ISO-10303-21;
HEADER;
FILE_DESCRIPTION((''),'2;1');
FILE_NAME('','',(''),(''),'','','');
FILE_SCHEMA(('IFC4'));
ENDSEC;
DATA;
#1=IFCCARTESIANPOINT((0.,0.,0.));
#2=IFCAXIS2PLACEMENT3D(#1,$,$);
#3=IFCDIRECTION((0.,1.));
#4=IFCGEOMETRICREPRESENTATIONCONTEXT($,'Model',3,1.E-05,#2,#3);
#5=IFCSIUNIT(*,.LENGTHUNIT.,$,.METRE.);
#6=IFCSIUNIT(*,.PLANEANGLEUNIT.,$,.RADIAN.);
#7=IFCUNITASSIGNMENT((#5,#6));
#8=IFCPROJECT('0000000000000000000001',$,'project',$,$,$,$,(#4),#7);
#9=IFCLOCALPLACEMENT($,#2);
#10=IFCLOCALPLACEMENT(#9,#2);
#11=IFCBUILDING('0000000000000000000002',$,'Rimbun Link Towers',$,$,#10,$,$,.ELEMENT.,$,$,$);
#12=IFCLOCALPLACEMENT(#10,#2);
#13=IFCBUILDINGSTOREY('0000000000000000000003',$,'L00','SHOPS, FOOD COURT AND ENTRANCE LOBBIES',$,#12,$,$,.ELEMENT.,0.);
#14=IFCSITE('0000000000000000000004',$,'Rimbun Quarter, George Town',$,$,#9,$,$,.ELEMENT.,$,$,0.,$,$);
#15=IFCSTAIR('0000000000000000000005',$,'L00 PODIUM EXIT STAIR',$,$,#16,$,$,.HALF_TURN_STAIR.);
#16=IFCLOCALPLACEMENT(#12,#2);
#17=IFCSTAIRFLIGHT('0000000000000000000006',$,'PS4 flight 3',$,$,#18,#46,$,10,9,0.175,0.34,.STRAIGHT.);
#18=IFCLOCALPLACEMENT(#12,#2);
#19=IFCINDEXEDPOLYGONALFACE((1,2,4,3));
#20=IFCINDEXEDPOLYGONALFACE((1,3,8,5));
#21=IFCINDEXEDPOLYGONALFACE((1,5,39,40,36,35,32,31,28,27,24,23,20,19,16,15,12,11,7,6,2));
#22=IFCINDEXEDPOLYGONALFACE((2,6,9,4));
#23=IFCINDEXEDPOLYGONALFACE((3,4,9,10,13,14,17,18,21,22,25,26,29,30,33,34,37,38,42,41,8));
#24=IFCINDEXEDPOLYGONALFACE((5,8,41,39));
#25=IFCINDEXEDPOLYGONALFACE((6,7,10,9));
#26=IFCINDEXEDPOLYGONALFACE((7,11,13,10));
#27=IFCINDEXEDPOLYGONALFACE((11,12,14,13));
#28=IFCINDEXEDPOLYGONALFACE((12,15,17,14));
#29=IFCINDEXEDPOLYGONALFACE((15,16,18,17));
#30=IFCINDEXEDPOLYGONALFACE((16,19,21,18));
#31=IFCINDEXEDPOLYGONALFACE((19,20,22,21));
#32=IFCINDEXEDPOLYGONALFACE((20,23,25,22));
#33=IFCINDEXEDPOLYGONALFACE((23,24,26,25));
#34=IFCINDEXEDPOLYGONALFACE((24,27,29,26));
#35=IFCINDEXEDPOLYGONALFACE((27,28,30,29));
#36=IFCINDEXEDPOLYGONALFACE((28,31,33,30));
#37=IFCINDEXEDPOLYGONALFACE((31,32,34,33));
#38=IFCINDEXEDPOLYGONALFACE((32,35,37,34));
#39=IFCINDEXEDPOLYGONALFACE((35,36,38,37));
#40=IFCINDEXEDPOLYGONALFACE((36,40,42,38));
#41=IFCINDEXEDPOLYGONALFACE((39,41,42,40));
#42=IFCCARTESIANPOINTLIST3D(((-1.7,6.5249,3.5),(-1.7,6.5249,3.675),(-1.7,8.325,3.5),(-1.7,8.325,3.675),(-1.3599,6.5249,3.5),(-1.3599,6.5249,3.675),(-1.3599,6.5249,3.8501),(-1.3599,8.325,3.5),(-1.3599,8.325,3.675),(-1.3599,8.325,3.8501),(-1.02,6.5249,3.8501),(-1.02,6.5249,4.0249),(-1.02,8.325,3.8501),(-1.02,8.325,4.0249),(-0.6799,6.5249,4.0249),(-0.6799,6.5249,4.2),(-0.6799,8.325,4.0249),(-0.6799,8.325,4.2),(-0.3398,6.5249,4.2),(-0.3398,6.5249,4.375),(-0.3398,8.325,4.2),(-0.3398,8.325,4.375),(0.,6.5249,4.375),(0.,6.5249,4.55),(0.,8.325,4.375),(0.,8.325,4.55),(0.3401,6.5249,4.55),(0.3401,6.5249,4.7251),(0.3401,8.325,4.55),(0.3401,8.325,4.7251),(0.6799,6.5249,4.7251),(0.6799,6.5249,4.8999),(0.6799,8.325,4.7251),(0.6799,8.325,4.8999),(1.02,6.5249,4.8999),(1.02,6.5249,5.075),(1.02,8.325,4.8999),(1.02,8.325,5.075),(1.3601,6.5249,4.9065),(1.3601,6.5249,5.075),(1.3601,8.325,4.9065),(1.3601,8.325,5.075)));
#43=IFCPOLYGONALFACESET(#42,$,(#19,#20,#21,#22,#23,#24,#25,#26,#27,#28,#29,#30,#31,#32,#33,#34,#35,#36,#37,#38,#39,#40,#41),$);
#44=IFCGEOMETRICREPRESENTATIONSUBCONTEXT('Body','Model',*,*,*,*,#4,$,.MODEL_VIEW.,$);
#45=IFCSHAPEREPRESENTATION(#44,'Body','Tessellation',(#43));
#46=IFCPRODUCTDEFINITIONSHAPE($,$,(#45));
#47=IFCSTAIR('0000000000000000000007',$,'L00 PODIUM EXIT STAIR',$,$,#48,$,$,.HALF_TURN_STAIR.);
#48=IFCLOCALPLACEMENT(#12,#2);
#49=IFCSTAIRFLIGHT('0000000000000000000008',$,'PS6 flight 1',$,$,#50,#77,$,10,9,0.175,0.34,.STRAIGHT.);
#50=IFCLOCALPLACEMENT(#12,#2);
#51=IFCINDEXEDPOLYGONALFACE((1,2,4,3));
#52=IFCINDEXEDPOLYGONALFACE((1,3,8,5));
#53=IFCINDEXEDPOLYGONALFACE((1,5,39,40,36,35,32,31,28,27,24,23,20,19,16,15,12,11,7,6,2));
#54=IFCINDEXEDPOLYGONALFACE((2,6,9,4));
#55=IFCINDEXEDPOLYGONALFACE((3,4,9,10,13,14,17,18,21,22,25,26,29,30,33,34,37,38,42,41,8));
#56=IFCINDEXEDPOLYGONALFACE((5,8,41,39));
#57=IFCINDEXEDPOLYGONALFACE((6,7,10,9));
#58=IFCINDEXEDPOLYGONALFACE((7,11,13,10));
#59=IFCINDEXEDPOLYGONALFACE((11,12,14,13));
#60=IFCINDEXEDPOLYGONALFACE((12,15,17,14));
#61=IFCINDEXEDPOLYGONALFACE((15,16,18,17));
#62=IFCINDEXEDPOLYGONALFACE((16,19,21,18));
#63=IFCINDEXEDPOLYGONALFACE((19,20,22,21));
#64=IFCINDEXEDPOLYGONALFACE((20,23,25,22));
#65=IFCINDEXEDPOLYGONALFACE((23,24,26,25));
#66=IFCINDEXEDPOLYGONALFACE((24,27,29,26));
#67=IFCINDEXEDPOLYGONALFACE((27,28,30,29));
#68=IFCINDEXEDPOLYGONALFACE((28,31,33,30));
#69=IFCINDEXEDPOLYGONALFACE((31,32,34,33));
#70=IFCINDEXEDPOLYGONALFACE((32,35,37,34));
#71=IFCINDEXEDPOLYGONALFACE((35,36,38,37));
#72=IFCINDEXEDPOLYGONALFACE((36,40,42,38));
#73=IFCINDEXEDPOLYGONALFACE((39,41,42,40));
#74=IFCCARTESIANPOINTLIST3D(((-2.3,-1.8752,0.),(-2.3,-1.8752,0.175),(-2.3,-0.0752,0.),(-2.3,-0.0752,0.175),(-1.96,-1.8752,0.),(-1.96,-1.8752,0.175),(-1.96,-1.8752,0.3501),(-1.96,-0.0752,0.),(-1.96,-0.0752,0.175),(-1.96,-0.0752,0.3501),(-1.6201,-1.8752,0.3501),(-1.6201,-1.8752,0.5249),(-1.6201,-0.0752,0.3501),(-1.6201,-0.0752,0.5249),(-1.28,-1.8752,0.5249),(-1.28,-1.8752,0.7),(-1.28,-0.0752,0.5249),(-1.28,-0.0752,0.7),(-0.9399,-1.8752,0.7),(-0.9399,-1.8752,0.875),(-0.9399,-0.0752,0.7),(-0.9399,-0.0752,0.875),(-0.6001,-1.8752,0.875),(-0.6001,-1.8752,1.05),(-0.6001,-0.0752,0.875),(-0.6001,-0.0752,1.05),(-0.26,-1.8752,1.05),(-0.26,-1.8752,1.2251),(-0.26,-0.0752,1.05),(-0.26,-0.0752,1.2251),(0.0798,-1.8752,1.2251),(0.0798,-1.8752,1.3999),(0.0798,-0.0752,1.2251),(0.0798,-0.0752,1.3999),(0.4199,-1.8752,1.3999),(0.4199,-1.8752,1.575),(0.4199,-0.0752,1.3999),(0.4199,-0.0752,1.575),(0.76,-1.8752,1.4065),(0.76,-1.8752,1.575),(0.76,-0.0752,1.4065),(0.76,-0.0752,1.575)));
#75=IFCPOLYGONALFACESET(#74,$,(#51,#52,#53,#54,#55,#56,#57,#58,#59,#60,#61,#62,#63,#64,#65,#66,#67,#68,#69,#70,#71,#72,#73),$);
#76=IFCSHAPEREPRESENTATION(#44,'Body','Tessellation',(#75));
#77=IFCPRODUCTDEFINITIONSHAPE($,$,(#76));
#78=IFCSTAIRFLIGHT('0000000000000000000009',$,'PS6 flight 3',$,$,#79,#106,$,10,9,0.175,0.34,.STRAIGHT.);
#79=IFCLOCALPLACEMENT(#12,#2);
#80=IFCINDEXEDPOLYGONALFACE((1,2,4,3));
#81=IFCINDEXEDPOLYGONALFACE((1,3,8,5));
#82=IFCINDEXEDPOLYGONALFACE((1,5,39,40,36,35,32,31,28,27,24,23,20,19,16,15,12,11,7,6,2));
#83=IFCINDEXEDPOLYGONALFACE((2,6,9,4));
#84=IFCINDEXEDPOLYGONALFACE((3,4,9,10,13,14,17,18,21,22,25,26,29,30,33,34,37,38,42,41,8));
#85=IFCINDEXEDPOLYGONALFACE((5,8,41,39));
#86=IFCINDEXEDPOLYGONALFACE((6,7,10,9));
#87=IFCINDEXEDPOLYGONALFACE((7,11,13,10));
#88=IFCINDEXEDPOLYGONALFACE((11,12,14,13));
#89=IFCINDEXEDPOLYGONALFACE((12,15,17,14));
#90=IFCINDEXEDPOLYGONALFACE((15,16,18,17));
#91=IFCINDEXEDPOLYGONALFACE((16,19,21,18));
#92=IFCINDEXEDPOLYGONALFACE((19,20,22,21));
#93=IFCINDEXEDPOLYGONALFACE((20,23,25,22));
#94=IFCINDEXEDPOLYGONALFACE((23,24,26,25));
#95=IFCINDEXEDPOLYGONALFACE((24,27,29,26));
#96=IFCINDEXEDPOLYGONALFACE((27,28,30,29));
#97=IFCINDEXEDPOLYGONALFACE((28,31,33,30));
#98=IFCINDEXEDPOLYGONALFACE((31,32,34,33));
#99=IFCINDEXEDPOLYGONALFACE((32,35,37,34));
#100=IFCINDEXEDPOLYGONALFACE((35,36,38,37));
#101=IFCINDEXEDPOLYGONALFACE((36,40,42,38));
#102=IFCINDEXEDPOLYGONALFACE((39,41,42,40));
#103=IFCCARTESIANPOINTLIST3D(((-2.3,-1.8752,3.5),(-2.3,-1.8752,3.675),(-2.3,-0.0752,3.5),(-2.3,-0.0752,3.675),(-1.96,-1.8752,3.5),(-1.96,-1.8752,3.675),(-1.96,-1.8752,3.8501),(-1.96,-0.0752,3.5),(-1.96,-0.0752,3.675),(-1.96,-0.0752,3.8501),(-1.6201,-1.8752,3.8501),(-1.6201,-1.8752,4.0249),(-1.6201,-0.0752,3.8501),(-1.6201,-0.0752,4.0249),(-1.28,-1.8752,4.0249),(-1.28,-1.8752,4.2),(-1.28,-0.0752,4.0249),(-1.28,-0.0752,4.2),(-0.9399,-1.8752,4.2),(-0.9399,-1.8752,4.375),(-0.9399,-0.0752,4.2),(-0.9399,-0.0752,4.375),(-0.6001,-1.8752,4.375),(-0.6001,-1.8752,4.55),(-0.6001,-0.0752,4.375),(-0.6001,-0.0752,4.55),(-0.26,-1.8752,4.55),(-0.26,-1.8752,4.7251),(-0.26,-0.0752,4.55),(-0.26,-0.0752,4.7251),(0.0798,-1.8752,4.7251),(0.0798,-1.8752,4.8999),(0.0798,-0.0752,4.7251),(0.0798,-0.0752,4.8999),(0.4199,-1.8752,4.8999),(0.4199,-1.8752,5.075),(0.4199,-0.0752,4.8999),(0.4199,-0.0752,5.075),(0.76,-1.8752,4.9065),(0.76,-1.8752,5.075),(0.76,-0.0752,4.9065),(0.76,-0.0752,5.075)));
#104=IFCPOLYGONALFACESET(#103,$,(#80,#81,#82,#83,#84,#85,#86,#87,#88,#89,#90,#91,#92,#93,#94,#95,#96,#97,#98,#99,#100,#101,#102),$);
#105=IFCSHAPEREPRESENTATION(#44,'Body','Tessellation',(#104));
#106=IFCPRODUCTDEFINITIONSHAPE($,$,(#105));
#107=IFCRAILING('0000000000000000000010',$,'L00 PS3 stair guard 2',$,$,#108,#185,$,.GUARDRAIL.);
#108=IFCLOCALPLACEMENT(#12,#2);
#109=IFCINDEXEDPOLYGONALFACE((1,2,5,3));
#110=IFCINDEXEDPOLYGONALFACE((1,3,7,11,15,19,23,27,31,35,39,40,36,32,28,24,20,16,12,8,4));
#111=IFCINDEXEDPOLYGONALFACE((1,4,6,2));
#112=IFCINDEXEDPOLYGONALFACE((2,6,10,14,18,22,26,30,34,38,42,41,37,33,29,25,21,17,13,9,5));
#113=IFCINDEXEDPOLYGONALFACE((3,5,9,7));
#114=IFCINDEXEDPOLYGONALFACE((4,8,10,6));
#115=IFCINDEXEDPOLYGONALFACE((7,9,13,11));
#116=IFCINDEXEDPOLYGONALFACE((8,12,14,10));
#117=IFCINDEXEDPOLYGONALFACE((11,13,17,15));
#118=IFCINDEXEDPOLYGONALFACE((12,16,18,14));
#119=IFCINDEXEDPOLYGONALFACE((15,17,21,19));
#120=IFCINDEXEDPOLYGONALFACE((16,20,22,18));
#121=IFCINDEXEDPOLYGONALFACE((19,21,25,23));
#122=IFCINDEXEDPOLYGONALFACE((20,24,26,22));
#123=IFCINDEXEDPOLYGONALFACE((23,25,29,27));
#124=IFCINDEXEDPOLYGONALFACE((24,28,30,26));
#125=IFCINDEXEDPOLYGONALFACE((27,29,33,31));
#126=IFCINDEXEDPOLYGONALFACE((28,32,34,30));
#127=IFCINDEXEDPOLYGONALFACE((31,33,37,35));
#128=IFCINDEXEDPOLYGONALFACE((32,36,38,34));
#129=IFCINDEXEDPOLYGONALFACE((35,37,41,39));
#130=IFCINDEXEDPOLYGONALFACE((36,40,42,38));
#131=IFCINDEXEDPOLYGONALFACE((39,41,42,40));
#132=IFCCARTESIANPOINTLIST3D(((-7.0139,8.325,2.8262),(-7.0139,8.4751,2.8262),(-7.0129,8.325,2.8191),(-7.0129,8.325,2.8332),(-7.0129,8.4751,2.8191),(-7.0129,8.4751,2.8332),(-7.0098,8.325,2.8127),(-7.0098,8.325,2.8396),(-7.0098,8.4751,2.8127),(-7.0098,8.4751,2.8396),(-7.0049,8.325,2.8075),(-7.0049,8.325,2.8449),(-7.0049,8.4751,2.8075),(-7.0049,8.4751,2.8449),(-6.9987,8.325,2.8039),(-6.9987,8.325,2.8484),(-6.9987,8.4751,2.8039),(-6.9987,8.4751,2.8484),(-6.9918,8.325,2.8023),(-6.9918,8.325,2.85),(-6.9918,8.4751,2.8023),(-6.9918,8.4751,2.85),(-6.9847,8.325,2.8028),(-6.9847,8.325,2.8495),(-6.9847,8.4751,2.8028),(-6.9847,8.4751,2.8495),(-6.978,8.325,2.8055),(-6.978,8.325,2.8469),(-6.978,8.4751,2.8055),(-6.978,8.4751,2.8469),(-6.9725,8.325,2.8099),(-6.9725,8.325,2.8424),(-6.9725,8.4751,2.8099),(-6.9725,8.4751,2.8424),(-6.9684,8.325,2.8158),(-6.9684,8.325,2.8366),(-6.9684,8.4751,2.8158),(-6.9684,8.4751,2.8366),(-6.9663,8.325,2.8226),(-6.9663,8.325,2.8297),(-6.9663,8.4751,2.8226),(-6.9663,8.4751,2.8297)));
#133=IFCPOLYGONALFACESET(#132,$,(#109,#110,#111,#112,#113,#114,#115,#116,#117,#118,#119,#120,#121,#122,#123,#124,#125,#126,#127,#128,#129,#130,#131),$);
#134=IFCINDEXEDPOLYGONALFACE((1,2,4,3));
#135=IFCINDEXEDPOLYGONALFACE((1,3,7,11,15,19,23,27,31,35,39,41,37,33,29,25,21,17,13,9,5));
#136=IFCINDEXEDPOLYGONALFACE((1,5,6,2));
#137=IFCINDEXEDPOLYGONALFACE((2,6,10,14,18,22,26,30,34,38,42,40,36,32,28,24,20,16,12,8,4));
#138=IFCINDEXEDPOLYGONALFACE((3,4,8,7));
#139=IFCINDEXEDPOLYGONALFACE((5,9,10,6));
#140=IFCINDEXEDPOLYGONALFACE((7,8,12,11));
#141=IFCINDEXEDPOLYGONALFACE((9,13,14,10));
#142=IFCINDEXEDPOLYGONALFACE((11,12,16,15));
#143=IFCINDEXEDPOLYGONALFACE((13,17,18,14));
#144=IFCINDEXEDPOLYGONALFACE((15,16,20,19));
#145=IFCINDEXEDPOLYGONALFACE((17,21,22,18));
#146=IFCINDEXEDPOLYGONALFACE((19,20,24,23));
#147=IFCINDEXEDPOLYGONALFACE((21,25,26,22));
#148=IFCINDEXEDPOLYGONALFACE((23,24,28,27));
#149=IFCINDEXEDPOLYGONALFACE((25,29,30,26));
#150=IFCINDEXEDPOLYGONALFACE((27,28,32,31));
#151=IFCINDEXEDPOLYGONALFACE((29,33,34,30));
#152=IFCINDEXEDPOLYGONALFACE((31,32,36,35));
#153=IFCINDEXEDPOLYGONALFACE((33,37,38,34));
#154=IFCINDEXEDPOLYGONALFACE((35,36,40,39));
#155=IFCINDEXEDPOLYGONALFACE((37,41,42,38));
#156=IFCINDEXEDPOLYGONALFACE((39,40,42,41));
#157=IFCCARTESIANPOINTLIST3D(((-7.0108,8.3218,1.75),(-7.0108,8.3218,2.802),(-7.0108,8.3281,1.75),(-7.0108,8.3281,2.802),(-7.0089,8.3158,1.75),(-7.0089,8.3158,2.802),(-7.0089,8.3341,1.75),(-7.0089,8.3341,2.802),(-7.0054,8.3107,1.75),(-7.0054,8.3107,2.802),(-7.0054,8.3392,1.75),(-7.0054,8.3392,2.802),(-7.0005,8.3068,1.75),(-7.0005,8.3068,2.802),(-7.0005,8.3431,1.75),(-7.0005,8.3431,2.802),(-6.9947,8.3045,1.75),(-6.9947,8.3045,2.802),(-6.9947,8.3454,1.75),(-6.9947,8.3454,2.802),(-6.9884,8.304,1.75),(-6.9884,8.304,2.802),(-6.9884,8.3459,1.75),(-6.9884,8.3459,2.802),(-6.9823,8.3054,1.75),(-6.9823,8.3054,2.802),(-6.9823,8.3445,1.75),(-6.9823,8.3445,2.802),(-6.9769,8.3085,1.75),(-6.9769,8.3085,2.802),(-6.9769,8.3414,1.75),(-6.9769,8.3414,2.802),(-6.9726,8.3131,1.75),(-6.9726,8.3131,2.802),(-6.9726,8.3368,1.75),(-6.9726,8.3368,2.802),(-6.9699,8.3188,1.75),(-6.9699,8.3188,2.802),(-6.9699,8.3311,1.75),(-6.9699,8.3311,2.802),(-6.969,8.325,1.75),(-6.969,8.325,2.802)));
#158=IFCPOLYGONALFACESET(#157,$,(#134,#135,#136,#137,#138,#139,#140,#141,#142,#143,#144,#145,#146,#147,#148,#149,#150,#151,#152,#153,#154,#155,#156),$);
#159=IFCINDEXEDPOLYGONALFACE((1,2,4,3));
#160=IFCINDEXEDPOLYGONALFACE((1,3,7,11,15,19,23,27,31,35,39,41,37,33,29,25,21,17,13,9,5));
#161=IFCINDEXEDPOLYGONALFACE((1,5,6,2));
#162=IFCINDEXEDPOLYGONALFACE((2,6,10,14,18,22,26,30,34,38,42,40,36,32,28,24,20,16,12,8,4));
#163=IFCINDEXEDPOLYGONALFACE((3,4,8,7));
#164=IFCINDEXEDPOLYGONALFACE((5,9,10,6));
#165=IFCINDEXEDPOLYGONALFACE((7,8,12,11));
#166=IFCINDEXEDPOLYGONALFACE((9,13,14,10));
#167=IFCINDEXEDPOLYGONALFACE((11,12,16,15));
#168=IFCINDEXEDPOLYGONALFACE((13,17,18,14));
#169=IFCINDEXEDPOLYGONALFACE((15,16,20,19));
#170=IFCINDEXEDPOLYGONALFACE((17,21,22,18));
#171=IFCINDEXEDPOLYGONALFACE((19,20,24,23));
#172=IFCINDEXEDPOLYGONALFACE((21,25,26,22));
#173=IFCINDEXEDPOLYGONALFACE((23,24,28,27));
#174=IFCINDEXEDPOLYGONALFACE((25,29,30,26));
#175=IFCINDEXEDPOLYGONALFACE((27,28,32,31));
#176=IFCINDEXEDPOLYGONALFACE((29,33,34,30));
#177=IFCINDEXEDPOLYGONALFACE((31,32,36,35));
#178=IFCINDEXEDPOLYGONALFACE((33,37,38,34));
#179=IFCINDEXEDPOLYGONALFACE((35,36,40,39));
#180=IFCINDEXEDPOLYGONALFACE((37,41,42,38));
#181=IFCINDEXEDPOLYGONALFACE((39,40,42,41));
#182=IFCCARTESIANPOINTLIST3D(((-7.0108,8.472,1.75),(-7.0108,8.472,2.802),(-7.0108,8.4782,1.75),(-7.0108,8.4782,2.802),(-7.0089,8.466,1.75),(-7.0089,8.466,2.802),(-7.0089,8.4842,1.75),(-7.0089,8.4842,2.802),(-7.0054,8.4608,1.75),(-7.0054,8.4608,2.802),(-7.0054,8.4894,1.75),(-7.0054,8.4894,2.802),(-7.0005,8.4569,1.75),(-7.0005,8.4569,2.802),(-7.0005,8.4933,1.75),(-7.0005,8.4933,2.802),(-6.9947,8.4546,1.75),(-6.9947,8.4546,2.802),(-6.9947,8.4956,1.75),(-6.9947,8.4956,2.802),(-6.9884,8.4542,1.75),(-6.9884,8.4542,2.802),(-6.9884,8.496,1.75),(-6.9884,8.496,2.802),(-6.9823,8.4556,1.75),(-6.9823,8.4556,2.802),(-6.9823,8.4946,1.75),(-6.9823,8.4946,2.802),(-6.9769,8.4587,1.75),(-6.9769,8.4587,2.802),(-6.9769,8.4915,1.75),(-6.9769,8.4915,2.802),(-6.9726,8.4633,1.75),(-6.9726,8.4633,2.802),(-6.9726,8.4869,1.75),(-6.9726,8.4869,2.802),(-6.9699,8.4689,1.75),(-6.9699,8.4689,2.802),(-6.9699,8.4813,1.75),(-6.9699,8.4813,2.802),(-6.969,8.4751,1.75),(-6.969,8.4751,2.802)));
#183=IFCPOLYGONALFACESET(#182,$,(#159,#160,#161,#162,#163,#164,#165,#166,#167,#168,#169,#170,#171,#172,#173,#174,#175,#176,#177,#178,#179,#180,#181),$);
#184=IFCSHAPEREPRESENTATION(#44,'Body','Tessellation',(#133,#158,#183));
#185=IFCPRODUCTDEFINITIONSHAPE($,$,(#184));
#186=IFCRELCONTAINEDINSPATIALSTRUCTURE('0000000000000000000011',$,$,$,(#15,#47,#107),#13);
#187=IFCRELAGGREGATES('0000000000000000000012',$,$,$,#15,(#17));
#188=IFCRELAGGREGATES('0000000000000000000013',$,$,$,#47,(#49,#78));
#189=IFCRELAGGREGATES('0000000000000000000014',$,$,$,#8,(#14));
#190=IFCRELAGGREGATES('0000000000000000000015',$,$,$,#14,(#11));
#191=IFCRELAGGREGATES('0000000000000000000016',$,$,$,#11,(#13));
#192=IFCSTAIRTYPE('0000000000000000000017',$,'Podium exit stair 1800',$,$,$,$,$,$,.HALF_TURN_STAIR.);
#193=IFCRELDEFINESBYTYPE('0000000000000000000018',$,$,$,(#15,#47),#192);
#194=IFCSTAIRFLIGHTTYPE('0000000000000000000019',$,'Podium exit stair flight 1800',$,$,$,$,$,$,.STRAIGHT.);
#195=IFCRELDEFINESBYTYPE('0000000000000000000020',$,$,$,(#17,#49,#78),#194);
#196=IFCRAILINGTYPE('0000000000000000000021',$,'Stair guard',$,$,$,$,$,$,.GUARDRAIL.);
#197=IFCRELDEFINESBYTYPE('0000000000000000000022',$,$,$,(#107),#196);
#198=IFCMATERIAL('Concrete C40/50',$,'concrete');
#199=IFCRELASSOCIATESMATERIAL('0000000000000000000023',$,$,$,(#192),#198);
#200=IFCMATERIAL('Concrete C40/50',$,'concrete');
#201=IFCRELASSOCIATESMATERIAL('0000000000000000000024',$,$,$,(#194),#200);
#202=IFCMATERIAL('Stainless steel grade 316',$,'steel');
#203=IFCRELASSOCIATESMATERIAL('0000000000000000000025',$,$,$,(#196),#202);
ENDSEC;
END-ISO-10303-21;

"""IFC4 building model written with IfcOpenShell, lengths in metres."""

from ifc_helpers import new_model, si_unit, direction, frame, origin, origin_2d, place, context, subcontext, project, spatial, polyline, circle, outline, extrude, material, type_object, element, aggregate, save


model = new_model("IFC4")

# Units and contexts
model_context = context("Model", 3, precision=1e-05, world=origin(), true_north=direction((0.0, 1.0)))
body_context = subcontext(model_context, "Body", "Model", "MODEL_VIEW")
ifc_project = project(units=[si_unit("LENGTHUNIT", "METRE"), si_unit("PLANEANGLEUNIT", "RADIAN")], contexts=[model_context])

# Site, building, storey
site_placement = place(None, origin())
site = spatial("IfcSite", under=ifc_project, at=site_placement, Name="Rimbun Quarter, George Town", CompositionType="ELEMENT", RefElevation=0.0)
building_placement = place(site_placement, origin())
building = spatial("IfcBuilding", under=site, at=building_placement, Name="Rimbun Link Towers", CompositionType="ELEMENT")
storey_placement = place(building_placement, origin())
storey = spatial("IfcBuildingStorey", under=building, at=storey_placement, Name="L00", Description="SHOPS, FOOD COURT AND ENTRANCE LOBBIES", CompositionType="ELEMENT", Elevation=0.0)

# Shared definitions
ifc_material_1 = material(Name="Concrete C40/50", Category="concrete")
stair_type_1 = type_object("IfcStairType", Name="Podium exit stair 1800", PredefinedType="HALF_TURN_STAIR", material=ifc_material_1)
ifc_material_2 = material(Name="Concrete C40/50", Category="concrete")
stair_flight_type = type_object("IfcStairFlightType", Name="Podium exit stair flight 1800", PredefinedType="STRAIGHT", material=ifc_material_2)

# Stairs, stair flights
stair_1_placement = place(storey_placement, origin())
stair_1 = element("IfcStair", 1, at=stair_1_placement, inside=storey, type_object=stair_type_1, Name="L00 PODIUM EXIT STAIR", PredefinedType="HALF_TURN_STAIR")
stair_flight_1_placement = place(storey_placement, frame((-1.7, 7.425, 3.5), z_axis=(0.0, 0.0, 1.0), x_axis=(1.0, 0.0, 0.0)))
stair_flight_1 = element("IfcStairFlight", 2, at=stair_flight_1_placement, type_object=stair_flight_type, Name="PS4 flight 3", NumberOfRisers=10, NumberOfTreads=9, PredefinedType="STRAIGHT", RiserHeight=0.175, TreadLength=0.34, context=body_context, shape_type="SweptSolid", body=[
    extrude(outline(polyline([(0.0, 0.0), (0.0, 0.175), (0.3401, 0.175), (0.3401, 0.3501), (0.6799, 0.3501), (0.6799, 0.5249), (1.02, 0.5249), (1.02, 0.7), (1.3601, 0.7), (1.3601, 0.875), (1.7, 0.875), (1.7, 1.05), (2.04, 1.05), (2.04, 1.2251), (2.3799, 1.2251), (2.3799, 1.3999), (2.72, 1.3999), (2.72, 1.575), (3.0601, 1.575), (3.0601, 1.75), (3.0601, 1.4065), (0.3401, 0.0), (0.0, 0.0)])), frame((0.0, 0.8999, 0.0), z_axis=(0.0, -1.0, 0.0), x_axis=(1.0, 0.0, 0.0)), (0.0, 0.0, 1.0), 1.8),
])
aggregate(stair_1, [stair_flight_1])
stair_2_placement = place(storey_placement, origin())
stair_2 = element("IfcStair", 3, at=stair_2_placement, inside=storey, type_object=stair_type_1, Name="L00 PODIUM EXIT STAIR", PredefinedType="HALF_TURN_STAIR")
stair_flight_2_placement = place(storey_placement, frame((-2.3, -0.9751, 0.0), z_axis=(0.0, 0.0, 1.0), x_axis=(1.0, 0.0, 0.0)))
stair_flight_2 = element("IfcStairFlight", 4, at=stair_flight_2_placement, type_object=stair_flight_type, Name="PS6 flight 1", NumberOfRisers=10, NumberOfTreads=9, PredefinedType="STRAIGHT", RiserHeight=0.175, TreadLength=0.34, context=body_context, shape_type="SweptSolid", body=[
    extrude(outline(polyline([(0.0, 0.0), (0.0, 0.175), (0.3401, 0.175), (0.3401, 0.3501), (0.6799, 0.3501), (0.6799, 0.5249), (1.02, 0.5249), (1.02, 0.7), (1.3601, 0.7), (1.3601, 0.875), (1.7, 0.875), (1.7, 1.05), (2.04, 1.05), (2.04, 1.2251), (2.3799, 1.2251), (2.3799, 1.3999), (2.72, 1.3999), (2.72, 1.575), (3.0601, 1.575), (3.0601, 1.75), (3.0601, 1.4065), (0.3401, 0.0), (0.0, 0.0)])), frame((0.0, 0.8999, 0.0), z_axis=(0.0, -1.0, 0.0), x_axis=(1.0, 0.0, 0.0)), (0.0, 0.0, 1.0), 1.8),
])
stair_flight_3_placement = place(storey_placement, frame((-2.3, -0.9751, 3.5), z_axis=(0.0, 0.0, 1.0), x_axis=(1.0, 0.0, 0.0)))
stair_flight_3 = element("IfcStairFlight", 5, at=stair_flight_3_placement, type_object=stair_flight_type, Name="PS6 flight 3", NumberOfRisers=10, NumberOfTreads=9, PredefinedType="STRAIGHT", RiserHeight=0.175, TreadLength=0.34, context=body_context, shape_type="SweptSolid", body=[
    extrude(outline(polyline([(0.0, 0.0), (0.0, 0.175), (0.3401, 0.175), (0.3401, 0.3501), (0.6799, 0.3501), (0.6799, 0.5249), (1.02, 0.5249), (1.02, 0.7), (1.3601, 0.7), (1.3601, 0.875), (1.7, 0.875), (1.7, 1.05), (2.04, 1.05), (2.04, 1.2251), (2.3799, 1.2251), (2.3799, 1.3999), (2.72, 1.3999), (2.72, 1.575), (3.0601, 1.575), (3.0601, 1.75), (3.0601, 1.4065), (0.3401, 0.0), (0.0, 0.0)])), frame((0.0, 0.8999, 0.0), z_axis=(0.0, -1.0, 0.0), x_axis=(1.0, 0.0, 0.0)), (0.0, 0.0, 1.0), 1.8),
])
aggregate(stair_2, [stair_flight_2, stair_flight_3])

# Railing
ifc_material_3 = material(Name="Stainless steel grade 316", Category="steel")
railing_type_1 = type_object("IfcRailingType", Name="Stair guard", PredefinedType="GUARDRAIL", material=ifc_material_3)
railing_1_placement = place(storey_placement, frame((-6.99, 8.325, 1.75)))
element("IfcRailing", 6, at=railing_1_placement, inside=storey, type_object=railing_type_1, Name="L00 PS3 stair guard 2", PredefinedType="GUARDRAIL", context=body_context, shape_type="SweptSolid", body=[
    extrude(circle(Radius=0.0239, at=origin_2d()), frame((0.0, 0.0, 1.0762), z_axis=(0.0, 1.0, 0.0), x_axis=(-1.0, 0.0, 0.0)), (0.0, 0.0, 1.0), 0.1501),
    extrude(circle(Radius=0.021, at=origin_2d()), origin(), (0.0, 0.0, 1.0), 1.052),
    extrude(circle(Radius=0.021, at=origin_2d()), frame((0.0, 0.1501, 0.0)), (0.0, 0.0, 1.0), 1.052),
])

save(model, "model.ifc")
